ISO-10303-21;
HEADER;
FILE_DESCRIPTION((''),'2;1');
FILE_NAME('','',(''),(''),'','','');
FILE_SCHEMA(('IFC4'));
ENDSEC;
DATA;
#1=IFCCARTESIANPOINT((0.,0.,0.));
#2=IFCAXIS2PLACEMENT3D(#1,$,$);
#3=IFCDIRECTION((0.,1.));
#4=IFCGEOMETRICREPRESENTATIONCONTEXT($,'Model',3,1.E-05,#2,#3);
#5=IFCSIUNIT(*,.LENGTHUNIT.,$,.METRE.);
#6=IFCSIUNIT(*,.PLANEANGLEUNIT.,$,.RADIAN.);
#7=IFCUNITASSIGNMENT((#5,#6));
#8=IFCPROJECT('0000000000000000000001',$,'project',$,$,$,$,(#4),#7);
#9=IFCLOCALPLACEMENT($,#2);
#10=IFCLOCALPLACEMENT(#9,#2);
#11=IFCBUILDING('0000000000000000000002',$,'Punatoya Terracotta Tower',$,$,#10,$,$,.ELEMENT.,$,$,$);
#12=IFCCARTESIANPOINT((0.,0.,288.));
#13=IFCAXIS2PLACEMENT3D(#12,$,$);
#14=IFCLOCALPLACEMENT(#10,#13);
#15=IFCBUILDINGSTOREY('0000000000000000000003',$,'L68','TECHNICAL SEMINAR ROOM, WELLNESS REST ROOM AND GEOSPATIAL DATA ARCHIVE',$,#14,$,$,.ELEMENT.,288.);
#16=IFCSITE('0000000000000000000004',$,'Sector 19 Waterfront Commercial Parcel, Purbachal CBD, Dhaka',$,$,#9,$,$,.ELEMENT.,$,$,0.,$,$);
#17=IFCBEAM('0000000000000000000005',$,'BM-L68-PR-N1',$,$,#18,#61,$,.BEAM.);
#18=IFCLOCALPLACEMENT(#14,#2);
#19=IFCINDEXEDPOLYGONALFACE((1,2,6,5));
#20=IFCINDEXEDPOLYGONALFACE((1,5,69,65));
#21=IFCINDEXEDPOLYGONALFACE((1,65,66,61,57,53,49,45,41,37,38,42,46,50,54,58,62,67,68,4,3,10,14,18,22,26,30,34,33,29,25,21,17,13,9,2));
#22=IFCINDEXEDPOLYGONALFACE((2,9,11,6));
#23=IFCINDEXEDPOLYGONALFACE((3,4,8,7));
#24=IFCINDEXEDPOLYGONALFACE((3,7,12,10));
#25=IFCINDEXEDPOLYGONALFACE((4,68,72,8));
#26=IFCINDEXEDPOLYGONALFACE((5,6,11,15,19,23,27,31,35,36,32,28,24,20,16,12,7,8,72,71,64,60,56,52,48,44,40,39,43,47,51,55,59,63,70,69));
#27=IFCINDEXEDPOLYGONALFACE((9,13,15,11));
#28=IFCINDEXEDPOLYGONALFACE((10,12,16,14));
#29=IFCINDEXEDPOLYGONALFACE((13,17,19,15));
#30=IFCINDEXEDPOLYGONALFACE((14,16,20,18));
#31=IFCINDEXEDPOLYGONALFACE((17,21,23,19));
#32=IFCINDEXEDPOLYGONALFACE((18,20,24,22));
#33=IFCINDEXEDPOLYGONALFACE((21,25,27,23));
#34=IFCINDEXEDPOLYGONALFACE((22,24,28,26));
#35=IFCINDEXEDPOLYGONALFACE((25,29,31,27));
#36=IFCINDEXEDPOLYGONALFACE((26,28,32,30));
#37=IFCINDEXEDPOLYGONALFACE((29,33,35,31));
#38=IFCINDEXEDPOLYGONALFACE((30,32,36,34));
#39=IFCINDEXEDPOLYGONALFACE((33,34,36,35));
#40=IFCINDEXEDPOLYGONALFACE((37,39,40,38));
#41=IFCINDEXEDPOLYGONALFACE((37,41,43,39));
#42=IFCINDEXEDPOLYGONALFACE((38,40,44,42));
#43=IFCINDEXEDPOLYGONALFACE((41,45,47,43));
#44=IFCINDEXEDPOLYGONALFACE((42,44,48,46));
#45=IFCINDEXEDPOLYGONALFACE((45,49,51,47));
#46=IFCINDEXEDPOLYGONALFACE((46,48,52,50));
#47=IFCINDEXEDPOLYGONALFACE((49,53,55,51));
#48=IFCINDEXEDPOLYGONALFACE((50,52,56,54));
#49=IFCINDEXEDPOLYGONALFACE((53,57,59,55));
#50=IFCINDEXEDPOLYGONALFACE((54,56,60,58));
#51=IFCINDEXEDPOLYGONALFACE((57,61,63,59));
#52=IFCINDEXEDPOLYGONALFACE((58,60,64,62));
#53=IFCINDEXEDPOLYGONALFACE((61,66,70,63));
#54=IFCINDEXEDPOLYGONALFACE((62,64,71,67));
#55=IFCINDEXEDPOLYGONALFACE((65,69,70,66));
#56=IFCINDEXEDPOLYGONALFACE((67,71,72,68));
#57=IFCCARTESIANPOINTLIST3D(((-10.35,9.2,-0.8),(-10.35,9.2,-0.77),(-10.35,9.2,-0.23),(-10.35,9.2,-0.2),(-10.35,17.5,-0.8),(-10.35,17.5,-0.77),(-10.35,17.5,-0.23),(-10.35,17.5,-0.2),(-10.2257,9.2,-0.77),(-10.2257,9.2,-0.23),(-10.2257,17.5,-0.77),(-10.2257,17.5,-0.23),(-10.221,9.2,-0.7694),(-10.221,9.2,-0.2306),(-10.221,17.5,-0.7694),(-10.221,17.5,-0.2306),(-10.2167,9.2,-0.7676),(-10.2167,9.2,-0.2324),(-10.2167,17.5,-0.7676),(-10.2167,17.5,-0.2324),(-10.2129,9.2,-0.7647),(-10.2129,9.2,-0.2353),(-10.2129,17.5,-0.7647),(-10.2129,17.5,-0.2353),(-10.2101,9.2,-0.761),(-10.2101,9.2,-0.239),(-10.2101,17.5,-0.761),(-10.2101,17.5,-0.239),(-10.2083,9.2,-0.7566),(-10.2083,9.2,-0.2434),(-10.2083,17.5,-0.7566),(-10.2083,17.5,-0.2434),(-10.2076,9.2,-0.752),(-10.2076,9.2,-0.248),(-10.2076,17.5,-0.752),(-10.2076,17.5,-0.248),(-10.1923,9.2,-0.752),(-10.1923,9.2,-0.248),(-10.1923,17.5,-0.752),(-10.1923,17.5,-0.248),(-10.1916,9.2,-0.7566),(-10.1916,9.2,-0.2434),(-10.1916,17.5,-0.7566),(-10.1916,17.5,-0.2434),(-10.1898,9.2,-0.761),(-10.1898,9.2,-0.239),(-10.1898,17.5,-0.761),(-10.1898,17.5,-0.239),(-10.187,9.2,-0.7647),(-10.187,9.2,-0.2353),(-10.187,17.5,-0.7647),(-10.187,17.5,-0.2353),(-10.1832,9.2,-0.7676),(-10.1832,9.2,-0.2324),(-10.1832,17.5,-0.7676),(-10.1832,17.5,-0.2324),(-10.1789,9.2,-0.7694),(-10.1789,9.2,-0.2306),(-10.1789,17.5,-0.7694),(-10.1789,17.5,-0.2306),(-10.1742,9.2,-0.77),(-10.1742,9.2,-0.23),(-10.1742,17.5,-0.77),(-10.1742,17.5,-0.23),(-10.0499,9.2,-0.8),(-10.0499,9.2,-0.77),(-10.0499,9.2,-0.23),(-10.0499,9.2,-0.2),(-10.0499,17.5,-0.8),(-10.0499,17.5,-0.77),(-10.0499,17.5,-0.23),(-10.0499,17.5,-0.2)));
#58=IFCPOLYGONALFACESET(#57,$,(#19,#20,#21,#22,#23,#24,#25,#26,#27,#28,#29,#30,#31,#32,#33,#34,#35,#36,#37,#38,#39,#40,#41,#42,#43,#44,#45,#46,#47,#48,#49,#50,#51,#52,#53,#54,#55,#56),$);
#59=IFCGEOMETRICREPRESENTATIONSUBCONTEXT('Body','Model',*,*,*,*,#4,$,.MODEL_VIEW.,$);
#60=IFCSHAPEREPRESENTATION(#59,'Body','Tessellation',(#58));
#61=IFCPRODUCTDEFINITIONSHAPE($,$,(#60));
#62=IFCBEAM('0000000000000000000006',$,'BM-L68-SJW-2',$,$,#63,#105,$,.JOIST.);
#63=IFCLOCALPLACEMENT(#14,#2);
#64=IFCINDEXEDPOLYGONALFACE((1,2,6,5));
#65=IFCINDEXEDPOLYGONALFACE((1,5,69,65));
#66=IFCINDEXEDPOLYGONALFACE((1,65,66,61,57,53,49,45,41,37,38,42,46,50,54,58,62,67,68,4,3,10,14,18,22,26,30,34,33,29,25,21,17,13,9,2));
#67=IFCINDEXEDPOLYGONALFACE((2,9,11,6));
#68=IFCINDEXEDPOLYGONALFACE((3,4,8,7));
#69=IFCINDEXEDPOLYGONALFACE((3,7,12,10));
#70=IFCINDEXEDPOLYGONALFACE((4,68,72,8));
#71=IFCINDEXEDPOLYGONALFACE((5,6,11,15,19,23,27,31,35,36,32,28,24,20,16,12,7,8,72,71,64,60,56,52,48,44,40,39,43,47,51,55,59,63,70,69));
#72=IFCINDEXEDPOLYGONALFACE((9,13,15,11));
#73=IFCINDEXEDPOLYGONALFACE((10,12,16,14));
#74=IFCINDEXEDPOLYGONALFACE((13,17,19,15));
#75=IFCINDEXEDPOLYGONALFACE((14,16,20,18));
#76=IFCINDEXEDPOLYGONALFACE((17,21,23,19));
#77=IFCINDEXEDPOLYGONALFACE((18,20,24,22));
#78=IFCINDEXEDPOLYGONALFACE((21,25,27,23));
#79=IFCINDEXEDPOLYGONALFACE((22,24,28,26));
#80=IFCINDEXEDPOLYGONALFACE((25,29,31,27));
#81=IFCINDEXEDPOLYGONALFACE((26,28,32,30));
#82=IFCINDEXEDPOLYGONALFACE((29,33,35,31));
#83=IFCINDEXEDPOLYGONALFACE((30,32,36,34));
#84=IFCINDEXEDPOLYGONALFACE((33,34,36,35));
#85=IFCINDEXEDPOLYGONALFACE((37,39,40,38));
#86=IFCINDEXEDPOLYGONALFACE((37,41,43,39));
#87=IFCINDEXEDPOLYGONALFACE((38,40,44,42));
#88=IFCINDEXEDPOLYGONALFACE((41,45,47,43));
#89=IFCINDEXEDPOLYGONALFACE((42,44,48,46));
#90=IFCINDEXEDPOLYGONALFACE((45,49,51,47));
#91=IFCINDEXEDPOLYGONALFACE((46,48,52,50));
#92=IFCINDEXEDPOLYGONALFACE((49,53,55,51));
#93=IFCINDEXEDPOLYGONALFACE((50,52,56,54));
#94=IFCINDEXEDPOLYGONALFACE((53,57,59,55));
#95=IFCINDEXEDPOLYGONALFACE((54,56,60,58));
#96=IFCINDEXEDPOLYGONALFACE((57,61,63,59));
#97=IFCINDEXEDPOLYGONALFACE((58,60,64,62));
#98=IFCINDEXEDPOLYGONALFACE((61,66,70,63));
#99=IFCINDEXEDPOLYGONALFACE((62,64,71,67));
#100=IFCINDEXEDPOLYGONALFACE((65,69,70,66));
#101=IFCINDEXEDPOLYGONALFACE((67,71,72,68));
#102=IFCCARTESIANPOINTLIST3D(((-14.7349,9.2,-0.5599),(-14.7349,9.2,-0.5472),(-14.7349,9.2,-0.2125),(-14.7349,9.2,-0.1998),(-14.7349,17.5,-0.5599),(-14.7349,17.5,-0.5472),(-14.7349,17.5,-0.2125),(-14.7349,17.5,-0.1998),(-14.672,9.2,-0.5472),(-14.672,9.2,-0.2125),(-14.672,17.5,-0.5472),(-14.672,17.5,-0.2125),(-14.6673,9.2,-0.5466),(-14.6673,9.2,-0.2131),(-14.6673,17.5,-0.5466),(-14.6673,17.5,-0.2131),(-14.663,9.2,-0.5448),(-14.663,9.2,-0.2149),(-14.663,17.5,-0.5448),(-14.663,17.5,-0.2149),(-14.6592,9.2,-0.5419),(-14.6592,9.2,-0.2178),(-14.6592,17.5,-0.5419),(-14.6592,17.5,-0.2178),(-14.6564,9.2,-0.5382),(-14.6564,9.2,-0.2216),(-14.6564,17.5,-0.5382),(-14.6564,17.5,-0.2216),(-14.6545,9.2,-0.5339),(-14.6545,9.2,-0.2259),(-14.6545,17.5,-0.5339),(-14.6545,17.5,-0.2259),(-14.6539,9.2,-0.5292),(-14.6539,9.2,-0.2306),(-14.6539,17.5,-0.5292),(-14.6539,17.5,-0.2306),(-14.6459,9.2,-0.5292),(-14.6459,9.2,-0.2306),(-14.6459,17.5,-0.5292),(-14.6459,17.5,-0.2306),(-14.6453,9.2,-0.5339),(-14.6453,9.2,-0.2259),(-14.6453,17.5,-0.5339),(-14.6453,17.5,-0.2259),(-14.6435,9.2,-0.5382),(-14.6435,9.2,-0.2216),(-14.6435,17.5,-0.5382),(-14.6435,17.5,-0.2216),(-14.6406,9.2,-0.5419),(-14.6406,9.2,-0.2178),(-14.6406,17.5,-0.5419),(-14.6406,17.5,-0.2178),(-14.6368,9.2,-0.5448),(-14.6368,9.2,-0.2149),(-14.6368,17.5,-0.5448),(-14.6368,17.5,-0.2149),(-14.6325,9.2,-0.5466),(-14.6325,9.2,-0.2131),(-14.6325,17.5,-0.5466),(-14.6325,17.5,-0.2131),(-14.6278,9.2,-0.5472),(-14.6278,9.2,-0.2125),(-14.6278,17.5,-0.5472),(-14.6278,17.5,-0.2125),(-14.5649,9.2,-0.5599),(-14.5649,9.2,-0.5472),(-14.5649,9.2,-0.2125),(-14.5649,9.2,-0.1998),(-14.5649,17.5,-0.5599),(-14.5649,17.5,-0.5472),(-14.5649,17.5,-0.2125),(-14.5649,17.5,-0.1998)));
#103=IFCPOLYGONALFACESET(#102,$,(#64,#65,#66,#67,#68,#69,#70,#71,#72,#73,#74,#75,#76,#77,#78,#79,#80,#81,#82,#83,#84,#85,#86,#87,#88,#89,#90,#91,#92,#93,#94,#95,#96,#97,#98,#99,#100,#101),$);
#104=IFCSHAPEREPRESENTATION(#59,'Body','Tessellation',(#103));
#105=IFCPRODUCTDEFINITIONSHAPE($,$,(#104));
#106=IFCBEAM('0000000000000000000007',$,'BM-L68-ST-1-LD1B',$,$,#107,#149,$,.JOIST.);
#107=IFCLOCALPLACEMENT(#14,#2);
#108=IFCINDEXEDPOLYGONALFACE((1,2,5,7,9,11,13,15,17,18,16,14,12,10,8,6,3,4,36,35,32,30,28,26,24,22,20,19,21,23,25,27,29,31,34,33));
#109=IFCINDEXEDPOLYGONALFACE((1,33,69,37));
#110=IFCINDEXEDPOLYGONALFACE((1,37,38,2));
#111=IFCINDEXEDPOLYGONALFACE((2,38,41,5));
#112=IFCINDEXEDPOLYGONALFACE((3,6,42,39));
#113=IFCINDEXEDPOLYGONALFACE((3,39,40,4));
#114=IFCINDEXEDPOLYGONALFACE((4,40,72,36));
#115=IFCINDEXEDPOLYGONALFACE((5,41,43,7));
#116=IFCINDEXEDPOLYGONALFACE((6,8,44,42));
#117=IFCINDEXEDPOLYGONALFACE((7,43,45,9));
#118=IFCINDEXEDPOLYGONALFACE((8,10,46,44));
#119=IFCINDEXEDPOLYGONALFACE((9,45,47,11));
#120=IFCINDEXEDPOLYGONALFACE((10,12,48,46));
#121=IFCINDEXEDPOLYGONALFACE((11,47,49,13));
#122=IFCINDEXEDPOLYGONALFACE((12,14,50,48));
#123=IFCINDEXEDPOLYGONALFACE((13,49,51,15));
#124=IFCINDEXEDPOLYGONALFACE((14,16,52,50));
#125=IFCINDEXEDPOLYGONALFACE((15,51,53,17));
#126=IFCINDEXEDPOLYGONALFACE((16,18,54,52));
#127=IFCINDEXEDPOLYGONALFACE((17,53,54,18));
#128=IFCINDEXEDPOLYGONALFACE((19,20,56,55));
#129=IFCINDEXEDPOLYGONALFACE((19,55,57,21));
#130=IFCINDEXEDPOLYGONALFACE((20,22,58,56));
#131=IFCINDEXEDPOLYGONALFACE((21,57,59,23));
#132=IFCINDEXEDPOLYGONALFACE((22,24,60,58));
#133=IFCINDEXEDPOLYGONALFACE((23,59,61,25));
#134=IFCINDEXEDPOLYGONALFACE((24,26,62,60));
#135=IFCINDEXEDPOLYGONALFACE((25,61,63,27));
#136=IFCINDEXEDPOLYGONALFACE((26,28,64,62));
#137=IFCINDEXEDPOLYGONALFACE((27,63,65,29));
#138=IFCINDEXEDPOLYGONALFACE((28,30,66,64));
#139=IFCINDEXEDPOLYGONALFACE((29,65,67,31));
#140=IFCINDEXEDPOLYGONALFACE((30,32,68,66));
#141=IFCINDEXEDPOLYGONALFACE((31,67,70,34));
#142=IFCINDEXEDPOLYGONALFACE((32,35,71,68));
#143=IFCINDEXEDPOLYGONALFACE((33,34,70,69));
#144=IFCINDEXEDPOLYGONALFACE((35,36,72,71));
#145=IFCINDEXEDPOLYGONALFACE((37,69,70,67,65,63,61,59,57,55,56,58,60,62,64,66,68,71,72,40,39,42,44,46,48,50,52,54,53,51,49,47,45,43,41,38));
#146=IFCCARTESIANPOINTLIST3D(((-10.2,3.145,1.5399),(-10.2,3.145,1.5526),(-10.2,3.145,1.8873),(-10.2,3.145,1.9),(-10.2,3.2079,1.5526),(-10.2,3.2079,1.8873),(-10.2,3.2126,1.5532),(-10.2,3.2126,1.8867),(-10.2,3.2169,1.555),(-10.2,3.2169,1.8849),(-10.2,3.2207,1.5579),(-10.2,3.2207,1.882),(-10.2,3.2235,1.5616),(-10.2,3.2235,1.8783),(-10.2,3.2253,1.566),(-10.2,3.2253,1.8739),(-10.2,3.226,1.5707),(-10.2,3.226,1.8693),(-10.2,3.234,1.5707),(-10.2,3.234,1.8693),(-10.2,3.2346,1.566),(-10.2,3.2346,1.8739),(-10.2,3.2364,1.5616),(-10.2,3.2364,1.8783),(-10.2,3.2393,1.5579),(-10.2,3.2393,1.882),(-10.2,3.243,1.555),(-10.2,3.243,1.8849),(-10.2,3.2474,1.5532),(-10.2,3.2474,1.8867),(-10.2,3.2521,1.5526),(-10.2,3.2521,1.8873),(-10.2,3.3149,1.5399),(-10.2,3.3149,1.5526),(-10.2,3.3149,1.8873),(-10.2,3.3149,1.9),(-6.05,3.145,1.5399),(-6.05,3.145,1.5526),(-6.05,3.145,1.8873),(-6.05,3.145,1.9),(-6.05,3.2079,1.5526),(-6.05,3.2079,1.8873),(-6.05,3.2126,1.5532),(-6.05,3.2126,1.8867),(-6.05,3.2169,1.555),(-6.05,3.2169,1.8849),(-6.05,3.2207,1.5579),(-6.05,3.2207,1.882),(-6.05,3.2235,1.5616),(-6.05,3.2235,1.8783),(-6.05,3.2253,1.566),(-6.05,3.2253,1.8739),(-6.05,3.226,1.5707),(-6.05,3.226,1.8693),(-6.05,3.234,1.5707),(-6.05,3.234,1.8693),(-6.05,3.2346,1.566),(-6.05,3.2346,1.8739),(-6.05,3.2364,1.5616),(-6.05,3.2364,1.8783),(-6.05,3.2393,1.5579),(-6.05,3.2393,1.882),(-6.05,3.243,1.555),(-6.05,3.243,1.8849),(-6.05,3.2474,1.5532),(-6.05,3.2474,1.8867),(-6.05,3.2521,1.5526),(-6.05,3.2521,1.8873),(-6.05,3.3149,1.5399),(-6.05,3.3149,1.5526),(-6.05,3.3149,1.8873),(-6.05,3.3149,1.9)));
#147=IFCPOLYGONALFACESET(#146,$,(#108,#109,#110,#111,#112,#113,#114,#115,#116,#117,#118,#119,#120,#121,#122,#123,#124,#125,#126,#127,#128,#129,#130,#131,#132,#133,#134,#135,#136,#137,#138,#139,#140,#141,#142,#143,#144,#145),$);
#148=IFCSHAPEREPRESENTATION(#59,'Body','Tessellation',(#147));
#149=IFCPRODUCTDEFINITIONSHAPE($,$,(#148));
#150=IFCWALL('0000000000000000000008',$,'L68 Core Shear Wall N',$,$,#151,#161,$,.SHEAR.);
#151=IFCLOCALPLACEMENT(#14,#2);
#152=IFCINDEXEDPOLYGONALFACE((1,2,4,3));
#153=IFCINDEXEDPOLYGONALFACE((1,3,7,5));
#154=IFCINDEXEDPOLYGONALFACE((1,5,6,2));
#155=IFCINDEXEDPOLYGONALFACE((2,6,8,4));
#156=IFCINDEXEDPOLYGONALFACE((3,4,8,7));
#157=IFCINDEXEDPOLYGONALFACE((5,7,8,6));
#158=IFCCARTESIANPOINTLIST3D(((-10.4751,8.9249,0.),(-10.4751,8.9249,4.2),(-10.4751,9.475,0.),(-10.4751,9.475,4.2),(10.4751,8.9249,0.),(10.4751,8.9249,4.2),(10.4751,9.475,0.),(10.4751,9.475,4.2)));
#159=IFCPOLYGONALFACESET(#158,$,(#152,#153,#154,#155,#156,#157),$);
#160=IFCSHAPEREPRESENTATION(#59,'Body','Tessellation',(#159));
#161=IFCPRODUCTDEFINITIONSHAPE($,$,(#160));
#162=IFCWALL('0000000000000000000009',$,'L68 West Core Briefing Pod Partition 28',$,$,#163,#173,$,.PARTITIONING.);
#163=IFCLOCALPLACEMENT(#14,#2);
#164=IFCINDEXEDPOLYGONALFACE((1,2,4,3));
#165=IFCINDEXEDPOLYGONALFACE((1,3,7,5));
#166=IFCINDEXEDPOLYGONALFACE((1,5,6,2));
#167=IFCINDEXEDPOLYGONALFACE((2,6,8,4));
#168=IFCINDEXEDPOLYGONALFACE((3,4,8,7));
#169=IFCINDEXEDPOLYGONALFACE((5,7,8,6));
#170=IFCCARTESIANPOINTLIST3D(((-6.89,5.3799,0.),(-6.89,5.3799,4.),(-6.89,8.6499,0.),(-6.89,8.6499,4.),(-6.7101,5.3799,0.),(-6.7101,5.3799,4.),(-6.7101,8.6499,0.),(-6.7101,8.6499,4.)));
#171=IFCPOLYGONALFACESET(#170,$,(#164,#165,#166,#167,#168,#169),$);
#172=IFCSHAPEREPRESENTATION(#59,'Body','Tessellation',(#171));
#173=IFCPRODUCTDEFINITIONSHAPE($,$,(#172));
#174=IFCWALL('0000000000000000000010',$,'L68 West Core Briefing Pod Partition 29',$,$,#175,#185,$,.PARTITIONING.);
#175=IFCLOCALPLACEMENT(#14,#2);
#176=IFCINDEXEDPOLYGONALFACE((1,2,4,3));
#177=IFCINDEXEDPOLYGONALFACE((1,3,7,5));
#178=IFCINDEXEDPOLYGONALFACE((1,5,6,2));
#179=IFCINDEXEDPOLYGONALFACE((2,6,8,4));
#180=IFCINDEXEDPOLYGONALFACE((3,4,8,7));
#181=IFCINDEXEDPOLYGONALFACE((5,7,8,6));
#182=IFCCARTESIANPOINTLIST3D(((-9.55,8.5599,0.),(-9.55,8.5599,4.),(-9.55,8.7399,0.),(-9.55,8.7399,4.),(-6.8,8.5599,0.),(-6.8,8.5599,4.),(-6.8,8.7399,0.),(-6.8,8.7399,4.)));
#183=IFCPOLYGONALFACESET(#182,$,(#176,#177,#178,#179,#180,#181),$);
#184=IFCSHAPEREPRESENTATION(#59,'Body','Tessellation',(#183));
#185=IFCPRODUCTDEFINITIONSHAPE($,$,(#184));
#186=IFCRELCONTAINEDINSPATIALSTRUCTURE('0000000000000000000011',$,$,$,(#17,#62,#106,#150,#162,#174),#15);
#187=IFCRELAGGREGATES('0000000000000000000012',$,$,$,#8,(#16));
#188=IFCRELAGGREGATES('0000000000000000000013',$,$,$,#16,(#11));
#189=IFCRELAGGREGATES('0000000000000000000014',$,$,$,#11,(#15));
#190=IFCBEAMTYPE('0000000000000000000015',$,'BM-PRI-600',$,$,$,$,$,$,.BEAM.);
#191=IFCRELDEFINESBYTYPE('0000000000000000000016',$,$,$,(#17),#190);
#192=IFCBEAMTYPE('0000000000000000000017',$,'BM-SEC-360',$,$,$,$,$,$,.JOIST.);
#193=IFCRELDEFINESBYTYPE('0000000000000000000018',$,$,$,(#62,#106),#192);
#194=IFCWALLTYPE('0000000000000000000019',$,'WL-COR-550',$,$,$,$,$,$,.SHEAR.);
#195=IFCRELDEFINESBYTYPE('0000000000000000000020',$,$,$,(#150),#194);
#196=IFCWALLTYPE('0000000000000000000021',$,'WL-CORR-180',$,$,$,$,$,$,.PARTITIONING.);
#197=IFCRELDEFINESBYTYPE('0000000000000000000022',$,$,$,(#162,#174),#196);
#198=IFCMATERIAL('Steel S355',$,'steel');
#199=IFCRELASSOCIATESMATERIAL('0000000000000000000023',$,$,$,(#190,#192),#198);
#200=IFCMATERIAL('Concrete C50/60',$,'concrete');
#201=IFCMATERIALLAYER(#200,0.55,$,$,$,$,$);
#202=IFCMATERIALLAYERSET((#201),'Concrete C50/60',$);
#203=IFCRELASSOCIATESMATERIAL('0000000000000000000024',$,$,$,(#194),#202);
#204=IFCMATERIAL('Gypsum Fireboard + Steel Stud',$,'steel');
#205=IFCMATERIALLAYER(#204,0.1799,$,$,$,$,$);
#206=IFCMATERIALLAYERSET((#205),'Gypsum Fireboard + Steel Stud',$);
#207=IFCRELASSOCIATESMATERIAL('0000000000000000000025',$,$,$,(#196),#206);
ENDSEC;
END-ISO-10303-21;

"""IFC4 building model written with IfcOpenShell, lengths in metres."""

from ifc_helpers import new_model, si_unit, direction, frame, frame_2d, origin, origin_2d, place, context, subcontext, project, spatial, rectangle, i_section, extrude, material, layer, layer_set, material_profile, profile_set, type_object, element, save


model = new_model("IFC4")

# Units and contexts
model_context = context("Model", 3, precision=1e-05, world=origin(), true_north=direction((0.0, 1.0)))
body_context = subcontext(model_context, "Body", "Model", "MODEL_VIEW")
ifc_project = project(units=[si_unit("LENGTHUNIT", "METRE"), si_unit("PLANEANGLEUNIT", "RADIAN")], contexts=[model_context])

# Site, building, storey
site_placement = place(None, origin())
site = spatial("IfcSite", under=ifc_project, at=site_placement, Name="Sector 19 Waterfront Commercial Parcel, Purbachal CBD, Dhaka", CompositionType="ELEMENT", RefElevation=0.0)
building_placement = place(site_placement, origin())
building = spatial("IfcBuilding", under=site, at=building_placement, Name="Punatoya Terracotta Tower", CompositionType="ELEMENT")
storey_placement = place(building_placement, frame((0.0, 0.0, 288.0)))
storey = spatial("IfcBuildingStorey", under=building, at=storey_placement, Name="L68", Description="TECHNICAL SEMINAR ROOM, WELLNESS REST ROOM AND GEOSPATIAL DATA ARCHIVE", CompositionType="ELEMENT", Elevation=288.0)

# Beams
ifc_material_1 = material(Name="Steel S355", Category="steel")
ifc_material_profile_1 = material_profile(ifc_material_1, i_section(OverallWidth=0.3, OverallDepth=0.6001, WebThickness=0.0154, FlangeThickness=0.03, FilletRadius=0.0181, at=origin_2d()))
ifc_profile_set_1 = profile_set([ifc_material_profile_1], Name="Steel S355")
beam_type_1 = type_object("IfcBeamType", Name="BM-PRI-600", PredefinedType="BEAM", material=ifc_profile_set_1)
beam_1_placement = place(storey_placement, frame((-10.2, 9.2, -0.5), z_axis=(0.0, 1.0, 0.0), x_axis=(-1.0, 0.0, 0.0)))
element("IfcBeam", 1, at=beam_1_placement, inside=storey, type_object=beam_type_1, Name="BM-L68-PR-N1", PredefinedType="BEAM", context=body_context, shape_type="SweptSolid", body=[
    extrude(i_section(OverallWidth=0.3, OverallDepth=0.6001, WebThickness=0.0154, FlangeThickness=0.03, FilletRadius=0.0181, at=origin_2d()), origin(), (0.0, 0.0, 1.0), 8.3),
])
ifc_material_profile_2 = material_profile(ifc_material_1, i_section(OverallWidth=0.1699, OverallDepth=0.3601, WebThickness=0.0081, FlangeThickness=0.0127, FilletRadius=0.0181, at=origin_2d()))
ifc_profile_set_2 = profile_set([ifc_material_profile_2], Name="Steel S355")
beam_type_2 = type_object("IfcBeamType", Name="BM-SEC-360", PredefinedType="JOIST", material=ifc_profile_set_2)
beam_2_placement = place(storey_placement, frame((-14.6499, 9.2, -0.3799), z_axis=(0.0, 1.0, 0.0), x_axis=(-1.0, 0.0, 0.0)))
element("IfcBeam", 2, at=beam_2_placement, inside=storey, type_object=beam_type_2, Name="BM-L68-SJW-2", PredefinedType="JOIST", context=body_context, shape_type="SweptSolid", body=[
    extrude(i_section(OverallWidth=0.1699, OverallDepth=0.3601, WebThickness=0.0081, FlangeThickness=0.0127, FilletRadius=0.0181, at=origin_2d()), origin(), (0.0, 0.0, 1.0), 8.3),
])
beam_3_placement = place(storey_placement, frame((-10.2, 3.23, 1.72), z_axis=(1.0, 0.0, 0.0), x_axis=(0.0, 1.0, 0.0)))
element("IfcBeam", 3, at=beam_3_placement, inside=storey, type_object=beam_type_2, Name="BM-L68-ST-1-LD1B", PredefinedType="JOIST", context=body_context, shape_type="SweptSolid", body=[
    extrude(i_section(OverallWidth=0.1699, OverallDepth=0.3601, WebThickness=0.0081, FlangeThickness=0.0127, FilletRadius=0.0181, at=origin_2d()), origin(), (0.0, 0.0, 1.0), 4.1499),
])

# Walls
ifc_material_2 = material(Name="Concrete C50/60", Category="concrete")
ifc_layer_1 = layer(ifc_material_2, 0.55)
ifc_layer_set_1 = layer_set([ifc_layer_1], Name="Concrete C50/60")
wall_type_1 = type_object("IfcWallType", Name="WL-COR-550", PredefinedType="SHEAR", material=ifc_layer_set_1)
wall_1_placement = place(storey_placement, frame((-10.4751, 9.2, 0.0), z_axis=(0.0, 0.0, 1.0), x_axis=(1.0, 0.0, 0.0)))
element("IfcWall", 4, at=wall_1_placement, inside=storey, type_object=wall_type_1, Name="L68 Core Shear Wall N", PredefinedType="SHEAR", context=body_context, shape_type="SweptSolid", body=[
    extrude(rectangle(XDim=20.9502, YDim=0.55, at=frame_2d((10.4751, 0.0))), origin(), (0.0, 0.0, 1.0), 4.2),
])
ifc_material_3 = material(Name="Gypsum Fireboard + Steel Stud", Category="steel")
ifc_layer_2 = layer(ifc_material_3, 0.1799)
ifc_layer_set_2 = layer_set([ifc_layer_2], Name="Gypsum Fireboard + Steel Stud")
wall_type_2 = type_object("IfcWallType", Name="WL-CORR-180", PredefinedType="PARTITIONING", material=ifc_layer_set_2)
wall_2_placement = place(storey_placement, frame((-6.8, 5.3799, 0.0), z_axis=(0.0, 0.0, 1.0), x_axis=(0.0, 1.0, 0.0)))
element("IfcWall", 5, at=wall_2_placement, inside=storey, type_object=wall_type_2, Name="L68 West Core Briefing Pod Partition 28", PredefinedType="PARTITIONING", context=body_context, shape_type="SweptSolid", body=[
    extrude(rectangle(XDim=3.27, YDim=0.1799, at=frame_2d((1.635, 0.0))), origin(), (0.0, 0.0, 1.0), 4.0),
])
wall_3_placement = place(storey_placement, frame((-6.8, 8.6499, 0.0), z_axis=(0.0, 0.0, 1.0), x_axis=(-1.0, 0.0, 0.0)))
element("IfcWall", 6, at=wall_3_placement, inside=storey, type_object=wall_type_2, Name="L68 West Core Briefing Pod Partition 29", PredefinedType="PARTITIONING", context=body_context, shape_type="SweptSolid", body=[
    extrude(rectangle(XDim=2.75, YDim=0.1799, at=frame_2d((1.375, 0.0))), origin(), (0.0, 0.0, 1.0), 4.0),
])

save(model, "model.ifc")
